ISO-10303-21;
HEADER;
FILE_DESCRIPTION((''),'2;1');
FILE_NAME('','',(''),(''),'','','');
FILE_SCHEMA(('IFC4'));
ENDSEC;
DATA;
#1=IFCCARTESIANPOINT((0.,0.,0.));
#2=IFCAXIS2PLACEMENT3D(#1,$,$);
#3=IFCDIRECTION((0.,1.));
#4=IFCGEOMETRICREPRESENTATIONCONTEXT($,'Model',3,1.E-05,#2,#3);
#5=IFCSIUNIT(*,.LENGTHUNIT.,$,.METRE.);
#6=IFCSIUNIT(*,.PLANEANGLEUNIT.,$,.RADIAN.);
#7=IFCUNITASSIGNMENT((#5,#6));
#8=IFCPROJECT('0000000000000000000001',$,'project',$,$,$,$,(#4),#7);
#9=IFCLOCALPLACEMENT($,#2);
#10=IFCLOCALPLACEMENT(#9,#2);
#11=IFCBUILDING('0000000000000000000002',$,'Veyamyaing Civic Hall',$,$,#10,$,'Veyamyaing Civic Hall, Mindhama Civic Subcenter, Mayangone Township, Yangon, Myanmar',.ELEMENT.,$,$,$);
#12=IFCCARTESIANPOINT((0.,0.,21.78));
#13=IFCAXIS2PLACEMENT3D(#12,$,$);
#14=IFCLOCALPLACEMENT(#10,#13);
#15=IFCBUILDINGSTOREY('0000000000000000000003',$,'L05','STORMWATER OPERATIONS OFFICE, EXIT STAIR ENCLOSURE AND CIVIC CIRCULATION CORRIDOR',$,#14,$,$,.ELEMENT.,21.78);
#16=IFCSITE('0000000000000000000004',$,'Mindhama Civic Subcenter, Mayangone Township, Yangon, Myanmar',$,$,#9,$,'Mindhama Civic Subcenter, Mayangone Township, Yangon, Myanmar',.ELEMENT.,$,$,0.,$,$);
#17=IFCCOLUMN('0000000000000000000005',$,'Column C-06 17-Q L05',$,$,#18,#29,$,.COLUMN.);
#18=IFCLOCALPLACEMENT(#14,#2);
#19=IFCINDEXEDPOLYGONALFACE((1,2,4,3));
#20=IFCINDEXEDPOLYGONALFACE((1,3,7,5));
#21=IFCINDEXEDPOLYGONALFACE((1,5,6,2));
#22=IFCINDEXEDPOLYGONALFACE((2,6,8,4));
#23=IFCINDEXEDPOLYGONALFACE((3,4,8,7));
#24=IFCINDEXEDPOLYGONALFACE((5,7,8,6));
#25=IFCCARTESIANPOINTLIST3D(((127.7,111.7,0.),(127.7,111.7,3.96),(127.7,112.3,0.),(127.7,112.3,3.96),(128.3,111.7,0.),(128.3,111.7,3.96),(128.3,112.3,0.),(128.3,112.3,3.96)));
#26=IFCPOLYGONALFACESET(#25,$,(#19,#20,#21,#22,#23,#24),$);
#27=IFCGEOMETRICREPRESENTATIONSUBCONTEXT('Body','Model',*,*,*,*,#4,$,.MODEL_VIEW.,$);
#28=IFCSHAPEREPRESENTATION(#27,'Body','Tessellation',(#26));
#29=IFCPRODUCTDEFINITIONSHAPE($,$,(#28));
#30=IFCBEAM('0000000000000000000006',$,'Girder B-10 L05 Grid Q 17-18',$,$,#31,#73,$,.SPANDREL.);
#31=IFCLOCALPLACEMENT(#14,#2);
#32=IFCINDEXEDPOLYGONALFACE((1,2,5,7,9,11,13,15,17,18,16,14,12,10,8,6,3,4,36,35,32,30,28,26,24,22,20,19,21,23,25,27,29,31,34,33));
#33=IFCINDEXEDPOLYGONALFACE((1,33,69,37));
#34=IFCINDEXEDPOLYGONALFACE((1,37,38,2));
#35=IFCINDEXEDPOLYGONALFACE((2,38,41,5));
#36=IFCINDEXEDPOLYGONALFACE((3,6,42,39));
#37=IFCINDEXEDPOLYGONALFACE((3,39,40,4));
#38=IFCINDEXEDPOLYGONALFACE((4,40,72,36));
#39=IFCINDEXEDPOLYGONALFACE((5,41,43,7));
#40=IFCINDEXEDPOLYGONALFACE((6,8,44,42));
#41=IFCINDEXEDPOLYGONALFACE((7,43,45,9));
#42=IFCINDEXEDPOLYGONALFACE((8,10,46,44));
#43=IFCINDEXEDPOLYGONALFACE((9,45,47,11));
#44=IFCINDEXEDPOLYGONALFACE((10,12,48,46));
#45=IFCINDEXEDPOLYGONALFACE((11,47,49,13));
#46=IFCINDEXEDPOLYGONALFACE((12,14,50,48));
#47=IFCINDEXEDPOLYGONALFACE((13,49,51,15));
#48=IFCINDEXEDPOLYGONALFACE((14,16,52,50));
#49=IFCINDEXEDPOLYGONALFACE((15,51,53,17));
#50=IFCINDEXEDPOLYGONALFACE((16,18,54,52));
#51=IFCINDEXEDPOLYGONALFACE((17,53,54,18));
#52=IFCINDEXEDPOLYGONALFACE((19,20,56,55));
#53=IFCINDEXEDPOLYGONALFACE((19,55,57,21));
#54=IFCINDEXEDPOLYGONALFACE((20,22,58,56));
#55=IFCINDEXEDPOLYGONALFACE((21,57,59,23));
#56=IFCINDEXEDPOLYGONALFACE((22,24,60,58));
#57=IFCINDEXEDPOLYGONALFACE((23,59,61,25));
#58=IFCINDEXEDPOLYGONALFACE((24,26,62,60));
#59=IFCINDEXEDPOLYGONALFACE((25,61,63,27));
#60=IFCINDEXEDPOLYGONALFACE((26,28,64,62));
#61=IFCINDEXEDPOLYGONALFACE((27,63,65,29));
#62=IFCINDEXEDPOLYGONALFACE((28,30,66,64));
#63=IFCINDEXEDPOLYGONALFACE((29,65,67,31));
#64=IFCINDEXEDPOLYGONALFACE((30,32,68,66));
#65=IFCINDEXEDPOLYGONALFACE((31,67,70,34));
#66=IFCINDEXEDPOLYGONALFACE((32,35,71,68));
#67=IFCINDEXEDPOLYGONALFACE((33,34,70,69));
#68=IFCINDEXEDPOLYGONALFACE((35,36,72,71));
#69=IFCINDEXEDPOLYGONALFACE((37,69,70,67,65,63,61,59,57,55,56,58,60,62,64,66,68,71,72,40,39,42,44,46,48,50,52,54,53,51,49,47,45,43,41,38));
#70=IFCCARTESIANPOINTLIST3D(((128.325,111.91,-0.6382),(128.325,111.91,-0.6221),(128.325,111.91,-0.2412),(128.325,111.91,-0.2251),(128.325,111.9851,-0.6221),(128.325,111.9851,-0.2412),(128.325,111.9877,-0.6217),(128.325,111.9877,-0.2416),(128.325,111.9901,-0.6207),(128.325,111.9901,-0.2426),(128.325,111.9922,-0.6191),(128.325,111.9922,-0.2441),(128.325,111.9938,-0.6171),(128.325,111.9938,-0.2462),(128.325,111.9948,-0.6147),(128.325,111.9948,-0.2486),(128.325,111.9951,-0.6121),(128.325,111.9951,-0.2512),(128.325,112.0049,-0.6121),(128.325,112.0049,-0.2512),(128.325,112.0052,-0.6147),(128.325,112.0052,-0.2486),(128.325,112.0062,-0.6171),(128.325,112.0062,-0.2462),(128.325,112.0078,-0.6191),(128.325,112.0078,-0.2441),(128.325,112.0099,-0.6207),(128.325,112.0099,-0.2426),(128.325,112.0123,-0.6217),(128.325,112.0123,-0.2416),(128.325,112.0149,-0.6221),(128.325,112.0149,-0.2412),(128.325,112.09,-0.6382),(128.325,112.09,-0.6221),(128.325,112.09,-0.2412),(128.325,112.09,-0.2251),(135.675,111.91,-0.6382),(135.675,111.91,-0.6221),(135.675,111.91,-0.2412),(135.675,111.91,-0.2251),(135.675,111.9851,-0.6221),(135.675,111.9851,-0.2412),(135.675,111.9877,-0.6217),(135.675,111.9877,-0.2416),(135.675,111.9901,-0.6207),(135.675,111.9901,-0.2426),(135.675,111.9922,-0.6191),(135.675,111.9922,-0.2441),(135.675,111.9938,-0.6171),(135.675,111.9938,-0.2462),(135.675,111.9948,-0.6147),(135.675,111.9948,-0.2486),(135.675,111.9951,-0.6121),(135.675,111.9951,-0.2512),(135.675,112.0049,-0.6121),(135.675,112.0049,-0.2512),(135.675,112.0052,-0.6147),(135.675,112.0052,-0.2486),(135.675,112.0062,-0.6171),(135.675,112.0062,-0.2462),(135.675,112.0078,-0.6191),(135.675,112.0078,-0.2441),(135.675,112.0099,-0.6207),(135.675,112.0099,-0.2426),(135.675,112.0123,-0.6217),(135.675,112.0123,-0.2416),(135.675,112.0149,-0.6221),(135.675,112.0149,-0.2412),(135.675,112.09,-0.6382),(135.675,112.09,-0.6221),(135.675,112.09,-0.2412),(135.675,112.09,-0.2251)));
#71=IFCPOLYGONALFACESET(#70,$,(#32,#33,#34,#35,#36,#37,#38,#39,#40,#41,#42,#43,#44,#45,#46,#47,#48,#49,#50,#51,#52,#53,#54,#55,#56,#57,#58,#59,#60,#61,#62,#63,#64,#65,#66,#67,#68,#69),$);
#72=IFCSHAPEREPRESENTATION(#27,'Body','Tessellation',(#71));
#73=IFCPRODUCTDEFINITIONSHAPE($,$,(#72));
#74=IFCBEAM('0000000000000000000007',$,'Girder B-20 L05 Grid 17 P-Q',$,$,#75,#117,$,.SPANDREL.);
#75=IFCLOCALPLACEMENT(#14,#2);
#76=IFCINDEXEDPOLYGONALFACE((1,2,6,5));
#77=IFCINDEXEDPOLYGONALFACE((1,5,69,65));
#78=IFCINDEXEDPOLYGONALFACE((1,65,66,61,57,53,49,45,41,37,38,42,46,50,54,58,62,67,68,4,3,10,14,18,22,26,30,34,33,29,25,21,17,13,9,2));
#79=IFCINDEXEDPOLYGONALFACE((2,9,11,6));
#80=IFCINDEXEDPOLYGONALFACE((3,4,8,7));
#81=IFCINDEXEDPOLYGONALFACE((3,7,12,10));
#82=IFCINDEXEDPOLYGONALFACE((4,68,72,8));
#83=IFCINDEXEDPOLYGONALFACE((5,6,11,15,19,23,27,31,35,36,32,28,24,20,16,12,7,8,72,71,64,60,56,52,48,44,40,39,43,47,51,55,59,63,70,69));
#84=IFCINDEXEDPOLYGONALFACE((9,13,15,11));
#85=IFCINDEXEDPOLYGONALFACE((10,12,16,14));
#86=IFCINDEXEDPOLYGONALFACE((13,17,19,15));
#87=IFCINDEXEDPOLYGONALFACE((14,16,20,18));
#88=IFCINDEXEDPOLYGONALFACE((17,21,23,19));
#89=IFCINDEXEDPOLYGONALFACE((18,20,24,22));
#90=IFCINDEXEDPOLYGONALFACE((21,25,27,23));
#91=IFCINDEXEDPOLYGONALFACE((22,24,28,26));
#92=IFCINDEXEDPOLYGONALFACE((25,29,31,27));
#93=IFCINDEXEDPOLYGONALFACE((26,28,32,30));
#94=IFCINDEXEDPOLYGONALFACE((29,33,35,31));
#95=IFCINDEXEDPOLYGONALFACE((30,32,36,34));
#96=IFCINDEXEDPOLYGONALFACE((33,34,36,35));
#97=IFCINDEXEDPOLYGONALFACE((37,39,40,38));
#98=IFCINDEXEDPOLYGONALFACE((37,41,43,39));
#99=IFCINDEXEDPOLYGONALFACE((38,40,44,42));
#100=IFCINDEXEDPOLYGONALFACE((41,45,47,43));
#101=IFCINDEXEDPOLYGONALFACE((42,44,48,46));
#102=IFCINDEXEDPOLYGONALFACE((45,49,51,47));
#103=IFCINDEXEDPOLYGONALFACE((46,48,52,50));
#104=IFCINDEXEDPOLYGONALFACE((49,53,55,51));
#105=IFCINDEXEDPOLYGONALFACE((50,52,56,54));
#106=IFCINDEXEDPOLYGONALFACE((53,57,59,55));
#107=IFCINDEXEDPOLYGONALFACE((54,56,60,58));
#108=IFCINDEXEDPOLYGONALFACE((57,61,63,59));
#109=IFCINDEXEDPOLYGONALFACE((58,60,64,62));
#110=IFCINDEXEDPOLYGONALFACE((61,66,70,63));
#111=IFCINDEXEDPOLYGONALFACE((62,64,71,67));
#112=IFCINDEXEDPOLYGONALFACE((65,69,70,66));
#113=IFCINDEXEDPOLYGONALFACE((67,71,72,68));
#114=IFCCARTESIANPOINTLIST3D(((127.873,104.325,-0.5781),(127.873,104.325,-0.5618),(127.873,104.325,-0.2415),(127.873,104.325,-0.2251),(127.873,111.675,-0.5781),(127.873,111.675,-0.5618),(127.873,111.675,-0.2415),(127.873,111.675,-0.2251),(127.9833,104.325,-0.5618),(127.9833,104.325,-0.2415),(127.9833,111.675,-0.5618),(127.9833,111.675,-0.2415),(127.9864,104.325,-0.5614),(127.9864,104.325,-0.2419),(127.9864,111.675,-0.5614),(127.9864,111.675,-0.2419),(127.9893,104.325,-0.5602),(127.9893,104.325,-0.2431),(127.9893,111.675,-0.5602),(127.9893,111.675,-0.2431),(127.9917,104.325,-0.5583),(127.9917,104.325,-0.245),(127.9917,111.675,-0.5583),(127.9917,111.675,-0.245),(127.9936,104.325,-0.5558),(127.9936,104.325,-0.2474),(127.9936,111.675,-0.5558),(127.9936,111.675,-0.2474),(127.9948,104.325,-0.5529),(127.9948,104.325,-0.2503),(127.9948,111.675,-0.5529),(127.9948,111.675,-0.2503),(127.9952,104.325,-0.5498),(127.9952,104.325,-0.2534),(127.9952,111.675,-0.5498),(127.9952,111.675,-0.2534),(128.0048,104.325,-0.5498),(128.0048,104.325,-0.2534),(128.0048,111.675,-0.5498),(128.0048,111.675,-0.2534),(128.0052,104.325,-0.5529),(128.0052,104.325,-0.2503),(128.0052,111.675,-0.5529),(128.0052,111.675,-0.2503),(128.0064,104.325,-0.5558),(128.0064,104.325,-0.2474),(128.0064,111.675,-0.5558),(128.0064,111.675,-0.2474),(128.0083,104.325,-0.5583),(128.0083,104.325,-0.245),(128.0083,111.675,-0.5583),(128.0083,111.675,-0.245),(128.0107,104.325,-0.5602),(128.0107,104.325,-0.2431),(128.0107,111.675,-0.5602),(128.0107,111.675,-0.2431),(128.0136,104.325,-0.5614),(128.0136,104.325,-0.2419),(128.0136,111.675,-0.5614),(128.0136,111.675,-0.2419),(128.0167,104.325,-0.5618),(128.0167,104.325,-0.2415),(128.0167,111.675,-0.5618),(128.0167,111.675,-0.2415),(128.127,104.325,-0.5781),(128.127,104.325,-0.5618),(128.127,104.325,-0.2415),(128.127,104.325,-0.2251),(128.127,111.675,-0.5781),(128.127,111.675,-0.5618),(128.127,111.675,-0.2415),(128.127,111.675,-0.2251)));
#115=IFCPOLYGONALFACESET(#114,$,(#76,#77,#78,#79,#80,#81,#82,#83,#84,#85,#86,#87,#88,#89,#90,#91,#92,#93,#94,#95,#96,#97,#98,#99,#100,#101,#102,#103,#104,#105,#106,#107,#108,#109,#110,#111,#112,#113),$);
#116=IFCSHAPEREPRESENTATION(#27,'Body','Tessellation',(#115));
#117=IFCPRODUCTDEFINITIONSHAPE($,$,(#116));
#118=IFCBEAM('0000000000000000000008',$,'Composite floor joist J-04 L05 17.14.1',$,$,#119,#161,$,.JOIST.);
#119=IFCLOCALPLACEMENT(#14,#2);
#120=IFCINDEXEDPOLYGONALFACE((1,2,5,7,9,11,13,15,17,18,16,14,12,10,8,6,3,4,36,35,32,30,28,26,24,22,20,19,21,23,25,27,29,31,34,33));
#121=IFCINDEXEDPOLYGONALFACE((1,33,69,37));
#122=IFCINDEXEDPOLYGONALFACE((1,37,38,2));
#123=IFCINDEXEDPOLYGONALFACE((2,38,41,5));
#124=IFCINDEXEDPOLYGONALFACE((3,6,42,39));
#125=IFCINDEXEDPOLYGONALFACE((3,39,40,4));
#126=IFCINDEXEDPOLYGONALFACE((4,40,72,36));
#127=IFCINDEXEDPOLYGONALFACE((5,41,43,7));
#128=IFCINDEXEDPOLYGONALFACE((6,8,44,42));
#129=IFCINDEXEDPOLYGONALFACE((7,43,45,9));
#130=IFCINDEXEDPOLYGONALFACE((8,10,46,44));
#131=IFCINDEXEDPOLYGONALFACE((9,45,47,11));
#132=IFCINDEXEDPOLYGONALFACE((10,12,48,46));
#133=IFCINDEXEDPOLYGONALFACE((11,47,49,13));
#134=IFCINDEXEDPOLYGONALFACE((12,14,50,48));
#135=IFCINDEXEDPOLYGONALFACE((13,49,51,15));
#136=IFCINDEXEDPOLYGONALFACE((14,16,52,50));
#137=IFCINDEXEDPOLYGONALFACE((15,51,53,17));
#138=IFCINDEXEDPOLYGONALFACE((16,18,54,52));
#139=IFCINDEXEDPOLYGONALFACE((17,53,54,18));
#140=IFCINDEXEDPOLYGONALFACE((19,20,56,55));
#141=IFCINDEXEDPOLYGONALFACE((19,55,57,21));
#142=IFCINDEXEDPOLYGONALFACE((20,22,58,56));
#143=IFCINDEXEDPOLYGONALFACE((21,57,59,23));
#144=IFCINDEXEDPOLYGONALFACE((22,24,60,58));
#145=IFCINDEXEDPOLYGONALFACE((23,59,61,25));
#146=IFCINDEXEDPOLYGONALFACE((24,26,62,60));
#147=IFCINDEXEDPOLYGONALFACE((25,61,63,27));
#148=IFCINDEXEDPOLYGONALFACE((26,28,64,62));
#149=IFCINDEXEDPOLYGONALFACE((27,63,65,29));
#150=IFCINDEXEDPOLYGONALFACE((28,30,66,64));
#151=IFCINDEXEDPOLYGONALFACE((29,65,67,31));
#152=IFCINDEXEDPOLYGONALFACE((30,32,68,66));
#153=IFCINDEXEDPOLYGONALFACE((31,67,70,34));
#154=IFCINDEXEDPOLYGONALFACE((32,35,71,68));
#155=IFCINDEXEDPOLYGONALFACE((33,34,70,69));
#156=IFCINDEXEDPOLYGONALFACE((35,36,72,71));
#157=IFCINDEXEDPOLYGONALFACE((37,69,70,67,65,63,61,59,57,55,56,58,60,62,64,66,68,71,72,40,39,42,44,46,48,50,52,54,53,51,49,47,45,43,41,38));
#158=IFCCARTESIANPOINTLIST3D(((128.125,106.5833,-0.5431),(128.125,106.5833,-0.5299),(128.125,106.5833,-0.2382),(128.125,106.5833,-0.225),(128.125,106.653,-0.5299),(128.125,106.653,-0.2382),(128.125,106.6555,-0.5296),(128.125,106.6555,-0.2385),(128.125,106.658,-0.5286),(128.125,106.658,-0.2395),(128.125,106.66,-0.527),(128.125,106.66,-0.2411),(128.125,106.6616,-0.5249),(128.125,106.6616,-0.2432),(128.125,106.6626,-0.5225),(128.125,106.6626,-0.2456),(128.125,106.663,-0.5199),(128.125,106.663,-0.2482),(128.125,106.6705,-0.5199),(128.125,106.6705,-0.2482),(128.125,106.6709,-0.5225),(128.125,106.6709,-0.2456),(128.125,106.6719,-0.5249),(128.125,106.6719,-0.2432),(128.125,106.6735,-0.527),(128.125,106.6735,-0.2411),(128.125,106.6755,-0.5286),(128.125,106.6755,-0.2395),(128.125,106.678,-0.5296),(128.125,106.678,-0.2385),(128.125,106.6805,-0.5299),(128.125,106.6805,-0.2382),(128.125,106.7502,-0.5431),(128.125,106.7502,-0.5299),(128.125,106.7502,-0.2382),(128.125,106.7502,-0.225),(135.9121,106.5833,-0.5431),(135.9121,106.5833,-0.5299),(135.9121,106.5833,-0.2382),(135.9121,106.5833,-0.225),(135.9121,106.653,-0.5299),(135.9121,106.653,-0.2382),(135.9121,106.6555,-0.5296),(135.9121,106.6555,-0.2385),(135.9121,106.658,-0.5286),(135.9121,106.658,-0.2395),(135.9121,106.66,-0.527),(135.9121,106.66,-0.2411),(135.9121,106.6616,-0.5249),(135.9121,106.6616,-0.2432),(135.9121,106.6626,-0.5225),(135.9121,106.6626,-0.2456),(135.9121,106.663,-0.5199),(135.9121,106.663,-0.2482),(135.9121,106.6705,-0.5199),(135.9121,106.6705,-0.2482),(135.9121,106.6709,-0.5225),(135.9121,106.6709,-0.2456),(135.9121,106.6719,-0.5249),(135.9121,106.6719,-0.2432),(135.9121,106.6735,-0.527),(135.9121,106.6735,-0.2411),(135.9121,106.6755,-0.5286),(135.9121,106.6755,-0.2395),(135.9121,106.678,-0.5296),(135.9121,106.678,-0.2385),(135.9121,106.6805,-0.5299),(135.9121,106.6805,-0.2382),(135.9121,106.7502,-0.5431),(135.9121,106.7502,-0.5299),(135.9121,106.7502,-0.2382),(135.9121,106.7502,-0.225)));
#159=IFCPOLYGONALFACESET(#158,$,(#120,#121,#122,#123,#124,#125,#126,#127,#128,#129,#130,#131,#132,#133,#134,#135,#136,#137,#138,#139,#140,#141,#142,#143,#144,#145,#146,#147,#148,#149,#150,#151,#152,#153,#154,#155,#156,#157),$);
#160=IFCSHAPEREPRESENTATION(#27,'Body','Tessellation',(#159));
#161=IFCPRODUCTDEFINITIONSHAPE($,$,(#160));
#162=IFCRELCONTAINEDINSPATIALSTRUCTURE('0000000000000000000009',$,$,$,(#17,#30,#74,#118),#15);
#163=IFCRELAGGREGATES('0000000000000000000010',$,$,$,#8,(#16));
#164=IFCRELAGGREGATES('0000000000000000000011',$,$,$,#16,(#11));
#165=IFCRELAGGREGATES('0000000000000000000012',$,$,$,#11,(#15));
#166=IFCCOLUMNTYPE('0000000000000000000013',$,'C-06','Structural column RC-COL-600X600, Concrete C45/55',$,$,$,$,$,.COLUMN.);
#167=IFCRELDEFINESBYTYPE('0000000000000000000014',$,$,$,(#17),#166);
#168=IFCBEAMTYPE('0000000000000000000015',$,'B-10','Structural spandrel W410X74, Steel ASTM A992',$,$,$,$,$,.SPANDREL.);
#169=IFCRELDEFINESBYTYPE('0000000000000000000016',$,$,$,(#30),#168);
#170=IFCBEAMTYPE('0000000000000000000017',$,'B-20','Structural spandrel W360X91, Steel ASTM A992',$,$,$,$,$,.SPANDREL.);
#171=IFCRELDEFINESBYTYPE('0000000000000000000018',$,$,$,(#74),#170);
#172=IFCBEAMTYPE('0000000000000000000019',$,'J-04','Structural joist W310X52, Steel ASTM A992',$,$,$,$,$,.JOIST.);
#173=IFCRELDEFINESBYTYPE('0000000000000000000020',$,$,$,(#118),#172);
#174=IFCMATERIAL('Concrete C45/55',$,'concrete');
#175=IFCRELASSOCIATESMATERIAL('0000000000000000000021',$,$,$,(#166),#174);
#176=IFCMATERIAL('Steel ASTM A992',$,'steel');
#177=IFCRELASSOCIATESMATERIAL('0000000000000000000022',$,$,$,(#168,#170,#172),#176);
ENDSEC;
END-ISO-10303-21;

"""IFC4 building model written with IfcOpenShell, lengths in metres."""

from ifc_helpers import new_model, si_unit, direction, frame, origin, origin_2d, place, context, subcontext, project, spatial, rectangle, i_section, extrude, material, material_profile, profile_set, type_object, element, save


model = new_model("IFC4")

# Units and contexts
model_context = context("Model", 3, precision=1e-05, world=origin(), true_north=direction((0.0, 1.0)))
body_context = subcontext(model_context, "Body", "Model", "MODEL_VIEW")
ifc_project = project(units=[si_unit("LENGTHUNIT", "METRE"), si_unit("PLANEANGLEUNIT", "RADIAN")], contexts=[model_context])

# Site, building, storey
site_placement = place(None, origin())
site = spatial("IfcSite", under=ifc_project, at=site_placement, Name="Mindhama Civic Subcenter, Mayangone Township, Yangon, Myanmar", LongName="Mindhama Civic Subcenter, Mayangone Township, Yangon, Myanmar", CompositionType="ELEMENT", RefElevation=0.0)
building_placement = place(site_placement, origin())
building = spatial("IfcBuilding", under=site, at=building_placement, Name="Veyamyaing Civic Hall", LongName="Veyamyaing Civic Hall, Mindhama Civic Subcenter, Mayangone Township, Yangon, Myanmar", CompositionType="ELEMENT")
storey_placement = place(building_placement, frame((0.0, 0.0, 21.78)))
storey = spatial("IfcBuildingStorey", under=building, at=storey_placement, Name="L05", Description="STORMWATER OPERATIONS OFFICE, EXIT STAIR ENCLOSURE AND CIVIC CIRCULATION CORRIDOR", CompositionType="ELEMENT", Elevation=21.78)

# Column
ifc_material_1 = material(Name="Concrete C45/55", Category="concrete")
ifc_material_profile_1 = material_profile(ifc_material_1, rectangle(XDim=0.6001, YDim=0.6001, at=origin_2d()), Name="RC-COL-600X600")
ifc_profile_set_1 = profile_set([ifc_material_profile_1], Name="Concrete C45/55")
column_type = type_object("IfcColumnType", Name="C-06", Description="Structural column RC-COL-600X600, Concrete C45/55", PredefinedType="COLUMN", material=ifc_profile_set_1)
column_placement = place(storey_placement, frame((128.0, 112.0, 0.0), z_axis=(0.0, 0.0, 1.0), x_axis=(1.0, 0.0, 0.0)))
element("IfcColumn", 1, at=column_placement, inside=storey, type_object=column_type, Name="Column C-06 17-Q L05", PredefinedType="COLUMN", context=body_context, shape_type="SweptSolid", body=[
    extrude(rectangle(XDim=0.6001, YDim=0.6001, at=origin_2d()), origin(), (0.0, 0.0, 1.0), 3.96),
])

# Beams
ifc_material_2 = material(Name="Steel ASTM A992", Category="steel")
ifc_material_profile_2 = material_profile(ifc_material_2, i_section(OverallWidth=0.1799, OverallDepth=0.4131, WebThickness=0.0098, FlangeThickness=0.0161, FilletRadius=0.01, at=origin_2d()), Name="W410X74")
ifc_profile_set_2 = profile_set([ifc_material_profile_2], Name="Steel ASTM A992")
beam_type_1 = type_object("IfcBeamType", Name="B-10", Description="Structural spandrel W410X74, Steel ASTM A992", PredefinedType="SPANDREL", material=ifc_profile_set_2)
beam_1_placement = place(storey_placement, frame((128.325, 112.0, -0.4316), z_axis=(1.0, 0.0, 0.0), x_axis=(0.0, 1.0, 0.0)))
element("IfcBeam", 2, at=beam_1_placement, inside=storey, type_object=beam_type_1, Name="Girder B-10 L05 Grid Q 17-18", PredefinedType="SPANDREL", context=body_context, shape_type="SweptSolid", body=[
    extrude(i_section(OverallWidth=0.1799, OverallDepth=0.4131, WebThickness=0.0098, FlangeThickness=0.0161, FilletRadius=0.01, at=origin_2d()), origin(), (0.0, 0.0, 1.0), 7.3501),
])
ifc_material_profile_3 = material_profile(ifc_material_2, i_section(OverallWidth=0.2539, OverallDepth=0.353, WebThickness=0.0095, FlangeThickness=0.0164, FilletRadius=0.012, at=origin_2d()), Name="W360X91")
ifc_profile_set_3 = profile_set([ifc_material_profile_3], Name="Steel ASTM A992")
beam_type_2 = type_object("IfcBeamType", Name="B-20", Description="Structural spandrel W360X91, Steel ASTM A992", PredefinedType="SPANDREL", material=ifc_profile_set_3)
beam_2_placement = place(storey_placement, frame((128.0, 104.325, -0.4016), z_axis=(0.0, 1.0, 0.0), x_axis=(-1.0, 0.0, 0.0)))
element("IfcBeam", 3, at=beam_2_placement, inside=storey, type_object=beam_type_2, Name="Girder B-20 L05 Grid 17 P-Q", PredefinedType="SPANDREL", context=body_context, shape_type="SweptSolid", body=[
    extrude(i_section(OverallWidth=0.2539, OverallDepth=0.353, WebThickness=0.0095, FlangeThickness=0.0164, FilletRadius=0.012, at=origin_2d()), origin(), (0.0, 0.0, 1.0), 7.3501),
])
ifc_material_profile_4 = material_profile(ifc_material_2, i_section(OverallWidth=0.167, OverallDepth=0.3181, WebThickness=0.0076, FlangeThickness=0.0132, FilletRadius=0.01, at=origin_2d()), Name="W310X52")
ifc_profile_set_4 = profile_set([ifc_material_profile_4], Name="Steel ASTM A992")
beam_type_3 = type_object("IfcBeamType", Name="J-04", Description="Structural joist W310X52, Steel ASTM A992", PredefinedType="JOIST", material=ifc_profile_set_4)
for number, where, z_axis, x_axis, name in (
    (4, (128.125, 106.6667, -0.384), (1.0, 0.0, 0.0), (0.0, 1.0, 0.0), "Composite floor joist J-04 L05 17.14.1"),
):
    element("IfcBeam", number, at=place(storey_placement, frame(where, z_axis=z_axis, x_axis=x_axis)), inside=storey, type_object=beam_type_3, Name=name, PredefinedType="JOIST", context=body_context, shape_type="SweptSolid", body=[
        extrude(i_section(OverallWidth=0.167, OverallDepth=0.3181, WebThickness=0.0076, FlangeThickness=0.0132, FilletRadius=0.01, at=origin_2d()), origin(), (0.0, 0.0, 1.0), 7.7871),
    ])

save(model, "model.ifc")
